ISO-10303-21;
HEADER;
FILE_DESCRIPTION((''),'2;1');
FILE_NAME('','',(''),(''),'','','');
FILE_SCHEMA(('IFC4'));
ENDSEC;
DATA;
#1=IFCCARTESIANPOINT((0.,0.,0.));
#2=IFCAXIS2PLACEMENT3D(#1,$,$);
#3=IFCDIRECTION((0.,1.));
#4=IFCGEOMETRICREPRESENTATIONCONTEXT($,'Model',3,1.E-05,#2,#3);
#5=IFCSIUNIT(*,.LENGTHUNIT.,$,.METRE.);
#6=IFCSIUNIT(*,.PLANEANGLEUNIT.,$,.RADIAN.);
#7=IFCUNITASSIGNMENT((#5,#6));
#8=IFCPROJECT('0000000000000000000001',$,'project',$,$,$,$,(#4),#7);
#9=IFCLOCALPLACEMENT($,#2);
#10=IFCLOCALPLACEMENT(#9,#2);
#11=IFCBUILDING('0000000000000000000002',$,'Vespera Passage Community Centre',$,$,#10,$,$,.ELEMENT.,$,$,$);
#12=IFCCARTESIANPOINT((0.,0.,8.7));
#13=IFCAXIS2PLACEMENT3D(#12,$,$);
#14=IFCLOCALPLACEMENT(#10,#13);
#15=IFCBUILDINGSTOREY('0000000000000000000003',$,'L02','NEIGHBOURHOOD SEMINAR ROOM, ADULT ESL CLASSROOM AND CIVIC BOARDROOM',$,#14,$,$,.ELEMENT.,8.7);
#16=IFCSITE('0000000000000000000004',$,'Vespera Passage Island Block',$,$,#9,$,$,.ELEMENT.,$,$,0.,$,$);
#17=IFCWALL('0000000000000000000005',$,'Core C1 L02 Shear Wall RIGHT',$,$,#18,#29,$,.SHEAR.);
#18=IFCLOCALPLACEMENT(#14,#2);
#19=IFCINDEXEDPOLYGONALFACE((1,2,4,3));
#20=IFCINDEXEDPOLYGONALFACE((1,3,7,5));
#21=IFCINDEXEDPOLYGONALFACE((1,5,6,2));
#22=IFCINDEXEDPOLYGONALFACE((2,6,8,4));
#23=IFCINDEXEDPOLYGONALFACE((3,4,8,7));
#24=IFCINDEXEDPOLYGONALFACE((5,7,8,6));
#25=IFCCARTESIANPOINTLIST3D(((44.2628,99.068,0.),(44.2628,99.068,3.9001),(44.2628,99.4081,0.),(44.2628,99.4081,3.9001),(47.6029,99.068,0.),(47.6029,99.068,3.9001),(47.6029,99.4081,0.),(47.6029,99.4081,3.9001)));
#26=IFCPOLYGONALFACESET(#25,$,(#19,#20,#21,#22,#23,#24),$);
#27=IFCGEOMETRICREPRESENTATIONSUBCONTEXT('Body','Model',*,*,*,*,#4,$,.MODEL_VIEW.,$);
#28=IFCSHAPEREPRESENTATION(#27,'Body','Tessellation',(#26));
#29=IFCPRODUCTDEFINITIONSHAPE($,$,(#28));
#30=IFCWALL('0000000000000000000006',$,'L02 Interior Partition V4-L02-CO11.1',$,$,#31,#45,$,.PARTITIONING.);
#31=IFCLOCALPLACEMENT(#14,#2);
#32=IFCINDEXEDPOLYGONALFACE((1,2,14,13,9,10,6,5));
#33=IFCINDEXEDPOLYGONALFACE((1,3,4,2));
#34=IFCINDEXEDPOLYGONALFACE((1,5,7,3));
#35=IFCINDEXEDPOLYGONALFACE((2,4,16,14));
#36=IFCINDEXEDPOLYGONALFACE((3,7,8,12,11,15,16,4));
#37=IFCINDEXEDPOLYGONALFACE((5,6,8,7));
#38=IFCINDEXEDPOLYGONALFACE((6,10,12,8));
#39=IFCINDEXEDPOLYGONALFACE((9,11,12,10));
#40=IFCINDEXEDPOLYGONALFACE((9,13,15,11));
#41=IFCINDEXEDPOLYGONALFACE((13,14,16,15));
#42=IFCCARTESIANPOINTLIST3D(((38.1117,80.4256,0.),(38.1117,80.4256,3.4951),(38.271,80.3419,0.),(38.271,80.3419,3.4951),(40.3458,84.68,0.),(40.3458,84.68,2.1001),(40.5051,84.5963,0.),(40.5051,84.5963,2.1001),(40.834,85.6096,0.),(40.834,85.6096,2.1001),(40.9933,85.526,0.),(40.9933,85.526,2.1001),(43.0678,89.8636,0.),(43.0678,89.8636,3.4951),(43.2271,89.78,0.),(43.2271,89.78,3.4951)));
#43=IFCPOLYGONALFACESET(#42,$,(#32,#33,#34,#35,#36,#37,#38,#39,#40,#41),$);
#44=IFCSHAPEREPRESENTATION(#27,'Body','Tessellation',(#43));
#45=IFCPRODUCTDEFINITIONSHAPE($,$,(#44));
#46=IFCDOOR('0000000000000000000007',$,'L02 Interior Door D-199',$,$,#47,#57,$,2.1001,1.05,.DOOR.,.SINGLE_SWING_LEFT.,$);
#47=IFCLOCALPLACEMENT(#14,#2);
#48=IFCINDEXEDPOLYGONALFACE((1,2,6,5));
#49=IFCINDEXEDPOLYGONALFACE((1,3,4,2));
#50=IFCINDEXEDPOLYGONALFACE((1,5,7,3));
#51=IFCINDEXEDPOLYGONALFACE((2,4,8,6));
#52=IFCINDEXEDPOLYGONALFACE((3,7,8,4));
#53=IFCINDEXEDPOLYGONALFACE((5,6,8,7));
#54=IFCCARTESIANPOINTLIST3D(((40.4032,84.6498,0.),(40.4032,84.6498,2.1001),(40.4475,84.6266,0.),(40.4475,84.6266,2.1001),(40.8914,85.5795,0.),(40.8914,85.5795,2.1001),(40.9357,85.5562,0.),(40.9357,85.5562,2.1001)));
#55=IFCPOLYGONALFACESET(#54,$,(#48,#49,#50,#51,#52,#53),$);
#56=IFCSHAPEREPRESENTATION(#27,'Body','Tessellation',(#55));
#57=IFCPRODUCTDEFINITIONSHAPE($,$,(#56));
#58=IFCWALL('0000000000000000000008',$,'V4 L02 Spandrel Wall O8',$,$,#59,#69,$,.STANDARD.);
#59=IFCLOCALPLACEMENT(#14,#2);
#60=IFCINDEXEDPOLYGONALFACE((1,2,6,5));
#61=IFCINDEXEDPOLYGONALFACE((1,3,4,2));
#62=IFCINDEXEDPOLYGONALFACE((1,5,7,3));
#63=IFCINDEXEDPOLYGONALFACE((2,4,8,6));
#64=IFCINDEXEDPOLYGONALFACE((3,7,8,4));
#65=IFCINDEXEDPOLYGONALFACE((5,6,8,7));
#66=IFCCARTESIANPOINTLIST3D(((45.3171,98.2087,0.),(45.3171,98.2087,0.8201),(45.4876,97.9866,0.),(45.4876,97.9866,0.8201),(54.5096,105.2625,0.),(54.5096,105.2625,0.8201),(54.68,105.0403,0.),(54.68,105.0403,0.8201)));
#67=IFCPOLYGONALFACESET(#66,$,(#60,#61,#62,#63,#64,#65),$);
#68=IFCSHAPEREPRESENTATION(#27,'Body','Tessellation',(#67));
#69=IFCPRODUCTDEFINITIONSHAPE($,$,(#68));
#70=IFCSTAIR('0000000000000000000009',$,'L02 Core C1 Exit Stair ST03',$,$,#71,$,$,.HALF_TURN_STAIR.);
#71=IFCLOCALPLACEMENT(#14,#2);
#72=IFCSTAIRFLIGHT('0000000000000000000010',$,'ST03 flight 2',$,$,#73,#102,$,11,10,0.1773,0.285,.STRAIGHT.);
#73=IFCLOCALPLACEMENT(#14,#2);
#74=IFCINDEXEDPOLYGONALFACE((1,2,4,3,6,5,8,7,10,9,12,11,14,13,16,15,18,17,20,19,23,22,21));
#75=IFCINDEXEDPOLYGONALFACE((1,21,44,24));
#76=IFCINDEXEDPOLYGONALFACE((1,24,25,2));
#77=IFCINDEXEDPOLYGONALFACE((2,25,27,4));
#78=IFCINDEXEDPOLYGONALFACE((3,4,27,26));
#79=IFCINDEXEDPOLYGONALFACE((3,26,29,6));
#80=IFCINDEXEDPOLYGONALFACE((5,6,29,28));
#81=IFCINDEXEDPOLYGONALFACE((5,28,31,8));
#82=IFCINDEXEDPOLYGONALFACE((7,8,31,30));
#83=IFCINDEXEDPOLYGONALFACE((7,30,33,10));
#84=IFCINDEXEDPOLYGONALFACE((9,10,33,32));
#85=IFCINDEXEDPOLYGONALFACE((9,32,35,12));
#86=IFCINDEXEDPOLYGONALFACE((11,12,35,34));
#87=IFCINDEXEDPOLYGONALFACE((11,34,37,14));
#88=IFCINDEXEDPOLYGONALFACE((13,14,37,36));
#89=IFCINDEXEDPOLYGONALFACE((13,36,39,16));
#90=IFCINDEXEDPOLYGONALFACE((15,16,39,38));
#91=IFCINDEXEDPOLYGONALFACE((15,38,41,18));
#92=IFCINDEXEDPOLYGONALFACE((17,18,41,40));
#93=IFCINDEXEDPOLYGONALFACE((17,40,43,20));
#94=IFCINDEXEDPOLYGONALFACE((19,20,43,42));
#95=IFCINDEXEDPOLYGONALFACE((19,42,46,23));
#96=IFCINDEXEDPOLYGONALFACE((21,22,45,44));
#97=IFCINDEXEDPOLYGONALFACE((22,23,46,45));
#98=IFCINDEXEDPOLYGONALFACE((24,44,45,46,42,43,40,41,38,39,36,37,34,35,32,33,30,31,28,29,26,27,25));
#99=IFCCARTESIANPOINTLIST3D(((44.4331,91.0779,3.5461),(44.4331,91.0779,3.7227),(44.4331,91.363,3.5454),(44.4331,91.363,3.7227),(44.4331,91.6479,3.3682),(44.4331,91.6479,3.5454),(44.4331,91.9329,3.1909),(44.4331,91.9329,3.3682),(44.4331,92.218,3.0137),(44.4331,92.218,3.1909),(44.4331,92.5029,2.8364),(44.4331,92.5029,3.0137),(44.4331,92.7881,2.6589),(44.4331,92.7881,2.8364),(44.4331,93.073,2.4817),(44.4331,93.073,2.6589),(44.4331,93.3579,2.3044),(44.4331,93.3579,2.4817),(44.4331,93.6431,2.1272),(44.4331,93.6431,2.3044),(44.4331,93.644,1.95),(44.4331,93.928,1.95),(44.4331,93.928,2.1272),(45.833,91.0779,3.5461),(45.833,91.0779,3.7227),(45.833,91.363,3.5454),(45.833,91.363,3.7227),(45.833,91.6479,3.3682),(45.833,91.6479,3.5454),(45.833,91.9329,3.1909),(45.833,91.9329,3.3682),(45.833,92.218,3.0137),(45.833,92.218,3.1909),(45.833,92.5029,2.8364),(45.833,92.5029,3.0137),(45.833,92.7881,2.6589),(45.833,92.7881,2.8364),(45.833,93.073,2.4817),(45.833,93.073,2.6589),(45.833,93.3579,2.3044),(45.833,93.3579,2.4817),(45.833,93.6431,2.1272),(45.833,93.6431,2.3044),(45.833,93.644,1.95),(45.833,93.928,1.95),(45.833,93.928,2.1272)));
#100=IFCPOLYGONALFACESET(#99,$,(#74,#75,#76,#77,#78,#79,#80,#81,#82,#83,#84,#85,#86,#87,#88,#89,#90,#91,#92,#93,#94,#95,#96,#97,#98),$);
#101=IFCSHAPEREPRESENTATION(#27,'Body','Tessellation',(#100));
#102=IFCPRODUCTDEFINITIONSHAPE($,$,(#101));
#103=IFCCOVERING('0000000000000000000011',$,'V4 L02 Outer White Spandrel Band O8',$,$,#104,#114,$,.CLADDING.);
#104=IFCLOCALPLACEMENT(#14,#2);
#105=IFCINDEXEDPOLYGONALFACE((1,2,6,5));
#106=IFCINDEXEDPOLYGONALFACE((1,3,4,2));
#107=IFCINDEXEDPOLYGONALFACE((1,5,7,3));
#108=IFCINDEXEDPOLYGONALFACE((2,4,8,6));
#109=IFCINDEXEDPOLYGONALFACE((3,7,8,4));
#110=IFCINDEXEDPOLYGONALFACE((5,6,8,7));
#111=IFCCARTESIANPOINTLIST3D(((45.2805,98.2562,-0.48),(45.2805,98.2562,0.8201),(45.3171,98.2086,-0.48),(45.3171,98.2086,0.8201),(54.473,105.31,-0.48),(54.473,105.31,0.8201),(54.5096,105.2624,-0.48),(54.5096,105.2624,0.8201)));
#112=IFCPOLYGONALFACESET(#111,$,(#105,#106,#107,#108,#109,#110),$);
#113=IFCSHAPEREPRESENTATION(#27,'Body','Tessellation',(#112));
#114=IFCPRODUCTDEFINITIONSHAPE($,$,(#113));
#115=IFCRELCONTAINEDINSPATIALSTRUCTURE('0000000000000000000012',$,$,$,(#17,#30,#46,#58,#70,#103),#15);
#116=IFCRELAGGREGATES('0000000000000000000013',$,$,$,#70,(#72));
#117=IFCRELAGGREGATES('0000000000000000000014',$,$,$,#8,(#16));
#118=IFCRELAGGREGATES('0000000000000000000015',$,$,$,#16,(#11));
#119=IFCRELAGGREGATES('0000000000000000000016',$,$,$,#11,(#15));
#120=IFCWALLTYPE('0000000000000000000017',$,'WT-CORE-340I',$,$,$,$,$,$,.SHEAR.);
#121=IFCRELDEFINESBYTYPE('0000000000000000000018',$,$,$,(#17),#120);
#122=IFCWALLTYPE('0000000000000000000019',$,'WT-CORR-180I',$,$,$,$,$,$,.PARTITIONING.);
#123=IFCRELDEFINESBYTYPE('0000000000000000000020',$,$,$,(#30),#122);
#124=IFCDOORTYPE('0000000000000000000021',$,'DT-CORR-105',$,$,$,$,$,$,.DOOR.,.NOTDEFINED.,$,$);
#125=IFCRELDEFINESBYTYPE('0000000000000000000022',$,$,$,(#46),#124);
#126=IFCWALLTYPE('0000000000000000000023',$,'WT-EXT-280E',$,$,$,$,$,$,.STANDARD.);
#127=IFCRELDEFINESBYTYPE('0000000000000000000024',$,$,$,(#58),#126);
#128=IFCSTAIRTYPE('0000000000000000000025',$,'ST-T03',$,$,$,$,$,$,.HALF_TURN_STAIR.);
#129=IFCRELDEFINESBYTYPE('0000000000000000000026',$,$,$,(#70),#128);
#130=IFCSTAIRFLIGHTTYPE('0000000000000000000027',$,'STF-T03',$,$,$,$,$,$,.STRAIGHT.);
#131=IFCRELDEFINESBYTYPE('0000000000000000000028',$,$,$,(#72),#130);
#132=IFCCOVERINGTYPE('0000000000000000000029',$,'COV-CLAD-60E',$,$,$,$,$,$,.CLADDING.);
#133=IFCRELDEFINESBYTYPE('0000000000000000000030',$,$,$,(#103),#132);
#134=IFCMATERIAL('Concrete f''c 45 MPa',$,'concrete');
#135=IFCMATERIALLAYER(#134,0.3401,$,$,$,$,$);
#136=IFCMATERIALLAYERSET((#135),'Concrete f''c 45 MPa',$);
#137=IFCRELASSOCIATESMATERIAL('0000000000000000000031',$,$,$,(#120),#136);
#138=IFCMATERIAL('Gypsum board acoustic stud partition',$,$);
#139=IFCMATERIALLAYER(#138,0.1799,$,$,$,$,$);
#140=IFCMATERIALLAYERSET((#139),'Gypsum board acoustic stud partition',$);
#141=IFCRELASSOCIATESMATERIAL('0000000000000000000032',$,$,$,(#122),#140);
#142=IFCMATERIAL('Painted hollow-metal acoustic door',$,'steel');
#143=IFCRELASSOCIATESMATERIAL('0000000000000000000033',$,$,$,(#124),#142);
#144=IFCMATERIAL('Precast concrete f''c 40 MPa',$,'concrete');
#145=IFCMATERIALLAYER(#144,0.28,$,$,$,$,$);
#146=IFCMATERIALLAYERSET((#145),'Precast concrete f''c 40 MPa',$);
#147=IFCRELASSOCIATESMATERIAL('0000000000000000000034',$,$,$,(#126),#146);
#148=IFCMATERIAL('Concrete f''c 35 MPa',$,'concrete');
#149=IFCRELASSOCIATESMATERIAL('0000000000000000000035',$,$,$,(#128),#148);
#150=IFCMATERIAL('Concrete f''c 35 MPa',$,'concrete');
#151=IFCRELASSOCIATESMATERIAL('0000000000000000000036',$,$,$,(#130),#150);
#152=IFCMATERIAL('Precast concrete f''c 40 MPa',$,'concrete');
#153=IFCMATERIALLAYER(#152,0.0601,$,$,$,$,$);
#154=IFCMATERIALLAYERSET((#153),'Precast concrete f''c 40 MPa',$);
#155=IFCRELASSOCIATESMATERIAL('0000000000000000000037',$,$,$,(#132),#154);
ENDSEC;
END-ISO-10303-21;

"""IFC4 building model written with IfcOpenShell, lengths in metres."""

from ifc_helpers import new_model, si_unit, direction, frame, frame_2d, origin, place, context, subcontext, project, spatial, polyline, rectangle, outline, extrude, material, layer, layer_set, type_object, element, fill, aggregate, save


model = new_model("IFC4")

# Units and contexts
model_context = context("Model", 3, precision=1e-05, world=origin(), true_north=direction((0.0, 1.0)))
body_context = subcontext(model_context, "Body", "Model", "MODEL_VIEW")
ifc_project = project(units=[si_unit("LENGTHUNIT", "METRE"), si_unit("PLANEANGLEUNIT", "RADIAN")], contexts=[model_context])

# Site, building, storey
site_placement = place(None, origin())
site = spatial("IfcSite", under=ifc_project, at=site_placement, Name="Vespera Passage Island Block", CompositionType="ELEMENT", RefElevation=0.0)
building_placement = place(site_placement, origin())
building = spatial("IfcBuilding", under=site, at=building_placement, Name="Vespera Passage Community Centre", CompositionType="ELEMENT")
storey_placement = place(building_placement, frame((0.0, 0.0, 8.7)))
storey = spatial("IfcBuildingStorey", under=building, at=storey_placement, Name="L02", Description="NEIGHBOURHOOD SEMINAR ROOM, ADULT ESL CLASSROOM AND CIVIC BOARDROOM", CompositionType="ELEMENT", Elevation=8.7)

# Wall
ifc_material_1 = material(Name="Concrete f'c 45 MPa", Category="concrete")
ifc_layer_1 = layer(ifc_material_1, 0.3401)
ifc_layer_set_1 = layer_set([ifc_layer_1], Name="Concrete f'c 45 MPa")
wall_type_1 = type_object("IfcWallType", Name="WT-CORE-340I", PredefinedType="SHEAR", material=ifc_layer_set_1)
wall_1_placement = place(storey_placement, frame((44.2629, 99.238, 0.0), z_axis=(0.0, 0.0, 1.0), x_axis=(1.0, 0.0, 0.0)))
element("IfcWall", 1, at=wall_1_placement, inside=storey, type_object=wall_type_1, Name="Core C1 L02 Shear Wall RIGHT", PredefinedType="SHEAR", context=body_context, shape_type="SweptSolid", body=[
    extrude(rectangle(XDim=3.3401, YDim=0.3401, at=frame_2d((1.6699, 0.0))), origin(), (0.0, 0.0, 1.0), 3.9001),
])

# Wall, opening, door
ifc_material_2 = material(Name="Gypsum board acoustic stud partition")
ifc_layer_2 = layer(ifc_material_2, 0.1799)
ifc_layer_set_2 = layer_set([ifc_layer_2], Name="Gypsum board acoustic stud partition")
wall_type_2 = type_object("IfcWallType", Name="WT-CORR-180I", PredefinedType="PARTITIONING", material=ifc_layer_set_2)
wall_2_placement = place(storey_placement, frame((43.1475, 89.8218, 0.0), z_axis=(0.0, 0.0, 1.0), x_axis=(-0.464916, -0.885355, 0.0)))
wall_2 = element("IfcWall", 2, at=wall_2_placement, inside=storey, type_object=wall_type_2, Name="L02 Interior Partition V4-L02-CO11.1", PredefinedType="PARTITIONING", context=body_context, shape_type="SweptSolid", body=[
    extrude(rectangle(XDim=10.6602, YDim=0.1799, at=frame_2d((5.3301, 0.0))), origin(), (0.0, 0.0, 1.0), 3.4951),
])
opening_placement = place(wall_2_placement, frame((4.8049, 0.0, 0.0)))
opening = element("IfcOpeningElement", 3, at=opening_placement, cuts=wall_2, PredefinedType="OPENING", context=body_context, shape_type="SweptSolid", body=[
    extrude(rectangle(XDim=1.05, YDim=2.1001, at=frame_2d((0.5249, 1.05))), frame((0.0, 0.0999, 0.0), z_axis=(0.0, -1.0, 0.0), x_axis=(1.0, 0.0, 0.0)), (0.0, 0.0, 1.0), 0.2),
])
ifc_material_3 = material(Name="Painted hollow-metal acoustic door", Category="steel")
door_type = type_object("IfcDoorType", Name="DT-CORR-105", OperationType="NOTDEFINED", PredefinedType="DOOR", material=ifc_material_3)
door_placement = place(opening_placement, origin())
door = element("IfcDoor", 4, at=door_placement, inside=storey, type_object=door_type, Name="L02 Interior Door D-199", OperationType="SINGLE_SWING_LEFT", OverallHeight=2.1001, OverallWidth=1.05, PredefinedType="DOOR", context=body_context, shape_type="SweptSolid", body=[
    extrude(rectangle(XDim=1.05, YDim=2.1001, at=frame_2d((0.5249, 1.05))), frame((0.0, 0.0249, 0.0), z_axis=(0.0, -1.0, 0.0), x_axis=(1.0, 0.0, 0.0)), (0.0, 0.0, 1.0), 0.05),
])
fill(opening, door)

# Wall
ifc_material_4 = material(Name="Precast concrete f'c 40 MPa", Category="concrete")
ifc_layer_3 = layer(ifc_material_4, 0.28)
ifc_layer_set_3 = layer_set([ifc_layer_3], Name="Precast concrete f'c 40 MPa")
wall_type_3 = type_object("IfcWallType", Name="WT-EXT-280E", PredefinedType="STANDARD", material=ifc_layer_set_3)
wall_3_placement = place(storey_placement, frame((45.4023, 98.0977, 0.0), z_axis=(0.0, 0.0, 1.0), x_axis=(0.793347, 0.608769, 0.0)))
element("IfcWall", 5, at=wall_3_placement, inside=storey, type_object=wall_type_3, Name="V4 L02 Spandrel Wall O8", PredefinedType="STANDARD", context=body_context, shape_type="SweptSolid", body=[
    extrude(rectangle(XDim=11.5869, YDim=0.28, at=frame_2d((5.7935, 0.0))), origin(), (0.0, 0.0, 1.0), 0.8201),
])

# Stair, stair flight
ifc_material_5 = material(Name="Concrete f'c 35 MPa", Category="concrete")
stair_type = type_object("IfcStairType", Name="ST-T03", PredefinedType="HALF_TURN_STAIR", material=ifc_material_5)
stair_placement = place(storey_placement, origin())
stair = element("IfcStair", 6, at=stair_placement, inside=storey, type_object=stair_type, Name="L02 Core C1 Exit Stair ST03", PredefinedType="HALF_TURN_STAIR")
ifc_material_6 = material(Name="Concrete f'c 35 MPa", Category="concrete")
stair_flight_type = type_object("IfcStairFlightType", Name="STF-T03", PredefinedType="STRAIGHT", material=ifc_material_6)
stair_flight_placement = place(storey_placement, frame((45.1331, 93.928, 1.95), z_axis=(0.0, 0.0, 1.0), x_axis=(0.0, -1.0, 0.0)))
stair_flight = element("IfcStairFlight", 7, at=stair_flight_placement, type_object=stair_flight_type, Name="ST03 flight 2", NumberOfRisers=11, NumberOfTreads=10, PredefinedType="STRAIGHT", RiserHeight=0.1773, TreadLength=0.285, context=body_context, shape_type="SweptSolid", body=[
    extrude(outline(polyline([(0.0, 0.0), (0.0, 0.1772), (0.2849, 0.1772), (0.2849, 0.3545), (0.5701, 0.3545), (0.5701, 0.5317), (0.855, 0.5317), (0.855, 0.709), (1.1399, 0.709), (1.1399, 0.8865), (1.425, 0.8865), (1.425, 1.0637), (1.71, 1.0637), (1.71, 1.241), (1.9951, 1.241), (1.9951, 1.4182), (2.28, 1.4182), (2.28, 1.5955), (2.5649, 1.5955), (2.5649, 1.7727), (2.8501, 1.7727), (2.8501, 1.95), (2.8501, 1.5962), (0.2839, 0.0), (0.0, 0.0)])), frame((0.0, 0.7, 0.0), z_axis=(0.0, -1.0, 0.0), x_axis=(1.0, 0.0, 0.0)), (0.0, 0.0, 1.0), 1.3999),
])
aggregate(stair, [stair_flight])

# Covering
ifc_material_7 = material(Name="Precast concrete f'c 40 MPa", Category="concrete")
ifc_layer_4 = layer(ifc_material_7, 0.0601)
ifc_layer_set_4 = layer_set([ifc_layer_4], Name="Precast concrete f'c 40 MPa")
covering_type = type_object("IfcCoveringType", Name="COV-CLAD-60E", PredefinedType="CLADDING", material=ifc_layer_set_4)
covering_placement = place(storey_placement, frame((45.2988, 98.2324, -0.48), z_axis=(0.0, 0.0, 1.0), x_axis=(0.793347, 0.608769, 0.0)))
element("IfcCovering", 8, at=covering_placement, inside=storey, type_object=covering_type, Name="V4 L02 Outer White Spandrel Band O8", PredefinedType="CLADDING", context=body_context, shape_type="SweptSolid", body=[
    extrude(rectangle(XDim=11.5869, YDim=0.0601, at=frame_2d((5.7935, 0.0))), origin(), (0.0, 0.0, 1.0), 1.3),
])

save(model, "model.ifc")
